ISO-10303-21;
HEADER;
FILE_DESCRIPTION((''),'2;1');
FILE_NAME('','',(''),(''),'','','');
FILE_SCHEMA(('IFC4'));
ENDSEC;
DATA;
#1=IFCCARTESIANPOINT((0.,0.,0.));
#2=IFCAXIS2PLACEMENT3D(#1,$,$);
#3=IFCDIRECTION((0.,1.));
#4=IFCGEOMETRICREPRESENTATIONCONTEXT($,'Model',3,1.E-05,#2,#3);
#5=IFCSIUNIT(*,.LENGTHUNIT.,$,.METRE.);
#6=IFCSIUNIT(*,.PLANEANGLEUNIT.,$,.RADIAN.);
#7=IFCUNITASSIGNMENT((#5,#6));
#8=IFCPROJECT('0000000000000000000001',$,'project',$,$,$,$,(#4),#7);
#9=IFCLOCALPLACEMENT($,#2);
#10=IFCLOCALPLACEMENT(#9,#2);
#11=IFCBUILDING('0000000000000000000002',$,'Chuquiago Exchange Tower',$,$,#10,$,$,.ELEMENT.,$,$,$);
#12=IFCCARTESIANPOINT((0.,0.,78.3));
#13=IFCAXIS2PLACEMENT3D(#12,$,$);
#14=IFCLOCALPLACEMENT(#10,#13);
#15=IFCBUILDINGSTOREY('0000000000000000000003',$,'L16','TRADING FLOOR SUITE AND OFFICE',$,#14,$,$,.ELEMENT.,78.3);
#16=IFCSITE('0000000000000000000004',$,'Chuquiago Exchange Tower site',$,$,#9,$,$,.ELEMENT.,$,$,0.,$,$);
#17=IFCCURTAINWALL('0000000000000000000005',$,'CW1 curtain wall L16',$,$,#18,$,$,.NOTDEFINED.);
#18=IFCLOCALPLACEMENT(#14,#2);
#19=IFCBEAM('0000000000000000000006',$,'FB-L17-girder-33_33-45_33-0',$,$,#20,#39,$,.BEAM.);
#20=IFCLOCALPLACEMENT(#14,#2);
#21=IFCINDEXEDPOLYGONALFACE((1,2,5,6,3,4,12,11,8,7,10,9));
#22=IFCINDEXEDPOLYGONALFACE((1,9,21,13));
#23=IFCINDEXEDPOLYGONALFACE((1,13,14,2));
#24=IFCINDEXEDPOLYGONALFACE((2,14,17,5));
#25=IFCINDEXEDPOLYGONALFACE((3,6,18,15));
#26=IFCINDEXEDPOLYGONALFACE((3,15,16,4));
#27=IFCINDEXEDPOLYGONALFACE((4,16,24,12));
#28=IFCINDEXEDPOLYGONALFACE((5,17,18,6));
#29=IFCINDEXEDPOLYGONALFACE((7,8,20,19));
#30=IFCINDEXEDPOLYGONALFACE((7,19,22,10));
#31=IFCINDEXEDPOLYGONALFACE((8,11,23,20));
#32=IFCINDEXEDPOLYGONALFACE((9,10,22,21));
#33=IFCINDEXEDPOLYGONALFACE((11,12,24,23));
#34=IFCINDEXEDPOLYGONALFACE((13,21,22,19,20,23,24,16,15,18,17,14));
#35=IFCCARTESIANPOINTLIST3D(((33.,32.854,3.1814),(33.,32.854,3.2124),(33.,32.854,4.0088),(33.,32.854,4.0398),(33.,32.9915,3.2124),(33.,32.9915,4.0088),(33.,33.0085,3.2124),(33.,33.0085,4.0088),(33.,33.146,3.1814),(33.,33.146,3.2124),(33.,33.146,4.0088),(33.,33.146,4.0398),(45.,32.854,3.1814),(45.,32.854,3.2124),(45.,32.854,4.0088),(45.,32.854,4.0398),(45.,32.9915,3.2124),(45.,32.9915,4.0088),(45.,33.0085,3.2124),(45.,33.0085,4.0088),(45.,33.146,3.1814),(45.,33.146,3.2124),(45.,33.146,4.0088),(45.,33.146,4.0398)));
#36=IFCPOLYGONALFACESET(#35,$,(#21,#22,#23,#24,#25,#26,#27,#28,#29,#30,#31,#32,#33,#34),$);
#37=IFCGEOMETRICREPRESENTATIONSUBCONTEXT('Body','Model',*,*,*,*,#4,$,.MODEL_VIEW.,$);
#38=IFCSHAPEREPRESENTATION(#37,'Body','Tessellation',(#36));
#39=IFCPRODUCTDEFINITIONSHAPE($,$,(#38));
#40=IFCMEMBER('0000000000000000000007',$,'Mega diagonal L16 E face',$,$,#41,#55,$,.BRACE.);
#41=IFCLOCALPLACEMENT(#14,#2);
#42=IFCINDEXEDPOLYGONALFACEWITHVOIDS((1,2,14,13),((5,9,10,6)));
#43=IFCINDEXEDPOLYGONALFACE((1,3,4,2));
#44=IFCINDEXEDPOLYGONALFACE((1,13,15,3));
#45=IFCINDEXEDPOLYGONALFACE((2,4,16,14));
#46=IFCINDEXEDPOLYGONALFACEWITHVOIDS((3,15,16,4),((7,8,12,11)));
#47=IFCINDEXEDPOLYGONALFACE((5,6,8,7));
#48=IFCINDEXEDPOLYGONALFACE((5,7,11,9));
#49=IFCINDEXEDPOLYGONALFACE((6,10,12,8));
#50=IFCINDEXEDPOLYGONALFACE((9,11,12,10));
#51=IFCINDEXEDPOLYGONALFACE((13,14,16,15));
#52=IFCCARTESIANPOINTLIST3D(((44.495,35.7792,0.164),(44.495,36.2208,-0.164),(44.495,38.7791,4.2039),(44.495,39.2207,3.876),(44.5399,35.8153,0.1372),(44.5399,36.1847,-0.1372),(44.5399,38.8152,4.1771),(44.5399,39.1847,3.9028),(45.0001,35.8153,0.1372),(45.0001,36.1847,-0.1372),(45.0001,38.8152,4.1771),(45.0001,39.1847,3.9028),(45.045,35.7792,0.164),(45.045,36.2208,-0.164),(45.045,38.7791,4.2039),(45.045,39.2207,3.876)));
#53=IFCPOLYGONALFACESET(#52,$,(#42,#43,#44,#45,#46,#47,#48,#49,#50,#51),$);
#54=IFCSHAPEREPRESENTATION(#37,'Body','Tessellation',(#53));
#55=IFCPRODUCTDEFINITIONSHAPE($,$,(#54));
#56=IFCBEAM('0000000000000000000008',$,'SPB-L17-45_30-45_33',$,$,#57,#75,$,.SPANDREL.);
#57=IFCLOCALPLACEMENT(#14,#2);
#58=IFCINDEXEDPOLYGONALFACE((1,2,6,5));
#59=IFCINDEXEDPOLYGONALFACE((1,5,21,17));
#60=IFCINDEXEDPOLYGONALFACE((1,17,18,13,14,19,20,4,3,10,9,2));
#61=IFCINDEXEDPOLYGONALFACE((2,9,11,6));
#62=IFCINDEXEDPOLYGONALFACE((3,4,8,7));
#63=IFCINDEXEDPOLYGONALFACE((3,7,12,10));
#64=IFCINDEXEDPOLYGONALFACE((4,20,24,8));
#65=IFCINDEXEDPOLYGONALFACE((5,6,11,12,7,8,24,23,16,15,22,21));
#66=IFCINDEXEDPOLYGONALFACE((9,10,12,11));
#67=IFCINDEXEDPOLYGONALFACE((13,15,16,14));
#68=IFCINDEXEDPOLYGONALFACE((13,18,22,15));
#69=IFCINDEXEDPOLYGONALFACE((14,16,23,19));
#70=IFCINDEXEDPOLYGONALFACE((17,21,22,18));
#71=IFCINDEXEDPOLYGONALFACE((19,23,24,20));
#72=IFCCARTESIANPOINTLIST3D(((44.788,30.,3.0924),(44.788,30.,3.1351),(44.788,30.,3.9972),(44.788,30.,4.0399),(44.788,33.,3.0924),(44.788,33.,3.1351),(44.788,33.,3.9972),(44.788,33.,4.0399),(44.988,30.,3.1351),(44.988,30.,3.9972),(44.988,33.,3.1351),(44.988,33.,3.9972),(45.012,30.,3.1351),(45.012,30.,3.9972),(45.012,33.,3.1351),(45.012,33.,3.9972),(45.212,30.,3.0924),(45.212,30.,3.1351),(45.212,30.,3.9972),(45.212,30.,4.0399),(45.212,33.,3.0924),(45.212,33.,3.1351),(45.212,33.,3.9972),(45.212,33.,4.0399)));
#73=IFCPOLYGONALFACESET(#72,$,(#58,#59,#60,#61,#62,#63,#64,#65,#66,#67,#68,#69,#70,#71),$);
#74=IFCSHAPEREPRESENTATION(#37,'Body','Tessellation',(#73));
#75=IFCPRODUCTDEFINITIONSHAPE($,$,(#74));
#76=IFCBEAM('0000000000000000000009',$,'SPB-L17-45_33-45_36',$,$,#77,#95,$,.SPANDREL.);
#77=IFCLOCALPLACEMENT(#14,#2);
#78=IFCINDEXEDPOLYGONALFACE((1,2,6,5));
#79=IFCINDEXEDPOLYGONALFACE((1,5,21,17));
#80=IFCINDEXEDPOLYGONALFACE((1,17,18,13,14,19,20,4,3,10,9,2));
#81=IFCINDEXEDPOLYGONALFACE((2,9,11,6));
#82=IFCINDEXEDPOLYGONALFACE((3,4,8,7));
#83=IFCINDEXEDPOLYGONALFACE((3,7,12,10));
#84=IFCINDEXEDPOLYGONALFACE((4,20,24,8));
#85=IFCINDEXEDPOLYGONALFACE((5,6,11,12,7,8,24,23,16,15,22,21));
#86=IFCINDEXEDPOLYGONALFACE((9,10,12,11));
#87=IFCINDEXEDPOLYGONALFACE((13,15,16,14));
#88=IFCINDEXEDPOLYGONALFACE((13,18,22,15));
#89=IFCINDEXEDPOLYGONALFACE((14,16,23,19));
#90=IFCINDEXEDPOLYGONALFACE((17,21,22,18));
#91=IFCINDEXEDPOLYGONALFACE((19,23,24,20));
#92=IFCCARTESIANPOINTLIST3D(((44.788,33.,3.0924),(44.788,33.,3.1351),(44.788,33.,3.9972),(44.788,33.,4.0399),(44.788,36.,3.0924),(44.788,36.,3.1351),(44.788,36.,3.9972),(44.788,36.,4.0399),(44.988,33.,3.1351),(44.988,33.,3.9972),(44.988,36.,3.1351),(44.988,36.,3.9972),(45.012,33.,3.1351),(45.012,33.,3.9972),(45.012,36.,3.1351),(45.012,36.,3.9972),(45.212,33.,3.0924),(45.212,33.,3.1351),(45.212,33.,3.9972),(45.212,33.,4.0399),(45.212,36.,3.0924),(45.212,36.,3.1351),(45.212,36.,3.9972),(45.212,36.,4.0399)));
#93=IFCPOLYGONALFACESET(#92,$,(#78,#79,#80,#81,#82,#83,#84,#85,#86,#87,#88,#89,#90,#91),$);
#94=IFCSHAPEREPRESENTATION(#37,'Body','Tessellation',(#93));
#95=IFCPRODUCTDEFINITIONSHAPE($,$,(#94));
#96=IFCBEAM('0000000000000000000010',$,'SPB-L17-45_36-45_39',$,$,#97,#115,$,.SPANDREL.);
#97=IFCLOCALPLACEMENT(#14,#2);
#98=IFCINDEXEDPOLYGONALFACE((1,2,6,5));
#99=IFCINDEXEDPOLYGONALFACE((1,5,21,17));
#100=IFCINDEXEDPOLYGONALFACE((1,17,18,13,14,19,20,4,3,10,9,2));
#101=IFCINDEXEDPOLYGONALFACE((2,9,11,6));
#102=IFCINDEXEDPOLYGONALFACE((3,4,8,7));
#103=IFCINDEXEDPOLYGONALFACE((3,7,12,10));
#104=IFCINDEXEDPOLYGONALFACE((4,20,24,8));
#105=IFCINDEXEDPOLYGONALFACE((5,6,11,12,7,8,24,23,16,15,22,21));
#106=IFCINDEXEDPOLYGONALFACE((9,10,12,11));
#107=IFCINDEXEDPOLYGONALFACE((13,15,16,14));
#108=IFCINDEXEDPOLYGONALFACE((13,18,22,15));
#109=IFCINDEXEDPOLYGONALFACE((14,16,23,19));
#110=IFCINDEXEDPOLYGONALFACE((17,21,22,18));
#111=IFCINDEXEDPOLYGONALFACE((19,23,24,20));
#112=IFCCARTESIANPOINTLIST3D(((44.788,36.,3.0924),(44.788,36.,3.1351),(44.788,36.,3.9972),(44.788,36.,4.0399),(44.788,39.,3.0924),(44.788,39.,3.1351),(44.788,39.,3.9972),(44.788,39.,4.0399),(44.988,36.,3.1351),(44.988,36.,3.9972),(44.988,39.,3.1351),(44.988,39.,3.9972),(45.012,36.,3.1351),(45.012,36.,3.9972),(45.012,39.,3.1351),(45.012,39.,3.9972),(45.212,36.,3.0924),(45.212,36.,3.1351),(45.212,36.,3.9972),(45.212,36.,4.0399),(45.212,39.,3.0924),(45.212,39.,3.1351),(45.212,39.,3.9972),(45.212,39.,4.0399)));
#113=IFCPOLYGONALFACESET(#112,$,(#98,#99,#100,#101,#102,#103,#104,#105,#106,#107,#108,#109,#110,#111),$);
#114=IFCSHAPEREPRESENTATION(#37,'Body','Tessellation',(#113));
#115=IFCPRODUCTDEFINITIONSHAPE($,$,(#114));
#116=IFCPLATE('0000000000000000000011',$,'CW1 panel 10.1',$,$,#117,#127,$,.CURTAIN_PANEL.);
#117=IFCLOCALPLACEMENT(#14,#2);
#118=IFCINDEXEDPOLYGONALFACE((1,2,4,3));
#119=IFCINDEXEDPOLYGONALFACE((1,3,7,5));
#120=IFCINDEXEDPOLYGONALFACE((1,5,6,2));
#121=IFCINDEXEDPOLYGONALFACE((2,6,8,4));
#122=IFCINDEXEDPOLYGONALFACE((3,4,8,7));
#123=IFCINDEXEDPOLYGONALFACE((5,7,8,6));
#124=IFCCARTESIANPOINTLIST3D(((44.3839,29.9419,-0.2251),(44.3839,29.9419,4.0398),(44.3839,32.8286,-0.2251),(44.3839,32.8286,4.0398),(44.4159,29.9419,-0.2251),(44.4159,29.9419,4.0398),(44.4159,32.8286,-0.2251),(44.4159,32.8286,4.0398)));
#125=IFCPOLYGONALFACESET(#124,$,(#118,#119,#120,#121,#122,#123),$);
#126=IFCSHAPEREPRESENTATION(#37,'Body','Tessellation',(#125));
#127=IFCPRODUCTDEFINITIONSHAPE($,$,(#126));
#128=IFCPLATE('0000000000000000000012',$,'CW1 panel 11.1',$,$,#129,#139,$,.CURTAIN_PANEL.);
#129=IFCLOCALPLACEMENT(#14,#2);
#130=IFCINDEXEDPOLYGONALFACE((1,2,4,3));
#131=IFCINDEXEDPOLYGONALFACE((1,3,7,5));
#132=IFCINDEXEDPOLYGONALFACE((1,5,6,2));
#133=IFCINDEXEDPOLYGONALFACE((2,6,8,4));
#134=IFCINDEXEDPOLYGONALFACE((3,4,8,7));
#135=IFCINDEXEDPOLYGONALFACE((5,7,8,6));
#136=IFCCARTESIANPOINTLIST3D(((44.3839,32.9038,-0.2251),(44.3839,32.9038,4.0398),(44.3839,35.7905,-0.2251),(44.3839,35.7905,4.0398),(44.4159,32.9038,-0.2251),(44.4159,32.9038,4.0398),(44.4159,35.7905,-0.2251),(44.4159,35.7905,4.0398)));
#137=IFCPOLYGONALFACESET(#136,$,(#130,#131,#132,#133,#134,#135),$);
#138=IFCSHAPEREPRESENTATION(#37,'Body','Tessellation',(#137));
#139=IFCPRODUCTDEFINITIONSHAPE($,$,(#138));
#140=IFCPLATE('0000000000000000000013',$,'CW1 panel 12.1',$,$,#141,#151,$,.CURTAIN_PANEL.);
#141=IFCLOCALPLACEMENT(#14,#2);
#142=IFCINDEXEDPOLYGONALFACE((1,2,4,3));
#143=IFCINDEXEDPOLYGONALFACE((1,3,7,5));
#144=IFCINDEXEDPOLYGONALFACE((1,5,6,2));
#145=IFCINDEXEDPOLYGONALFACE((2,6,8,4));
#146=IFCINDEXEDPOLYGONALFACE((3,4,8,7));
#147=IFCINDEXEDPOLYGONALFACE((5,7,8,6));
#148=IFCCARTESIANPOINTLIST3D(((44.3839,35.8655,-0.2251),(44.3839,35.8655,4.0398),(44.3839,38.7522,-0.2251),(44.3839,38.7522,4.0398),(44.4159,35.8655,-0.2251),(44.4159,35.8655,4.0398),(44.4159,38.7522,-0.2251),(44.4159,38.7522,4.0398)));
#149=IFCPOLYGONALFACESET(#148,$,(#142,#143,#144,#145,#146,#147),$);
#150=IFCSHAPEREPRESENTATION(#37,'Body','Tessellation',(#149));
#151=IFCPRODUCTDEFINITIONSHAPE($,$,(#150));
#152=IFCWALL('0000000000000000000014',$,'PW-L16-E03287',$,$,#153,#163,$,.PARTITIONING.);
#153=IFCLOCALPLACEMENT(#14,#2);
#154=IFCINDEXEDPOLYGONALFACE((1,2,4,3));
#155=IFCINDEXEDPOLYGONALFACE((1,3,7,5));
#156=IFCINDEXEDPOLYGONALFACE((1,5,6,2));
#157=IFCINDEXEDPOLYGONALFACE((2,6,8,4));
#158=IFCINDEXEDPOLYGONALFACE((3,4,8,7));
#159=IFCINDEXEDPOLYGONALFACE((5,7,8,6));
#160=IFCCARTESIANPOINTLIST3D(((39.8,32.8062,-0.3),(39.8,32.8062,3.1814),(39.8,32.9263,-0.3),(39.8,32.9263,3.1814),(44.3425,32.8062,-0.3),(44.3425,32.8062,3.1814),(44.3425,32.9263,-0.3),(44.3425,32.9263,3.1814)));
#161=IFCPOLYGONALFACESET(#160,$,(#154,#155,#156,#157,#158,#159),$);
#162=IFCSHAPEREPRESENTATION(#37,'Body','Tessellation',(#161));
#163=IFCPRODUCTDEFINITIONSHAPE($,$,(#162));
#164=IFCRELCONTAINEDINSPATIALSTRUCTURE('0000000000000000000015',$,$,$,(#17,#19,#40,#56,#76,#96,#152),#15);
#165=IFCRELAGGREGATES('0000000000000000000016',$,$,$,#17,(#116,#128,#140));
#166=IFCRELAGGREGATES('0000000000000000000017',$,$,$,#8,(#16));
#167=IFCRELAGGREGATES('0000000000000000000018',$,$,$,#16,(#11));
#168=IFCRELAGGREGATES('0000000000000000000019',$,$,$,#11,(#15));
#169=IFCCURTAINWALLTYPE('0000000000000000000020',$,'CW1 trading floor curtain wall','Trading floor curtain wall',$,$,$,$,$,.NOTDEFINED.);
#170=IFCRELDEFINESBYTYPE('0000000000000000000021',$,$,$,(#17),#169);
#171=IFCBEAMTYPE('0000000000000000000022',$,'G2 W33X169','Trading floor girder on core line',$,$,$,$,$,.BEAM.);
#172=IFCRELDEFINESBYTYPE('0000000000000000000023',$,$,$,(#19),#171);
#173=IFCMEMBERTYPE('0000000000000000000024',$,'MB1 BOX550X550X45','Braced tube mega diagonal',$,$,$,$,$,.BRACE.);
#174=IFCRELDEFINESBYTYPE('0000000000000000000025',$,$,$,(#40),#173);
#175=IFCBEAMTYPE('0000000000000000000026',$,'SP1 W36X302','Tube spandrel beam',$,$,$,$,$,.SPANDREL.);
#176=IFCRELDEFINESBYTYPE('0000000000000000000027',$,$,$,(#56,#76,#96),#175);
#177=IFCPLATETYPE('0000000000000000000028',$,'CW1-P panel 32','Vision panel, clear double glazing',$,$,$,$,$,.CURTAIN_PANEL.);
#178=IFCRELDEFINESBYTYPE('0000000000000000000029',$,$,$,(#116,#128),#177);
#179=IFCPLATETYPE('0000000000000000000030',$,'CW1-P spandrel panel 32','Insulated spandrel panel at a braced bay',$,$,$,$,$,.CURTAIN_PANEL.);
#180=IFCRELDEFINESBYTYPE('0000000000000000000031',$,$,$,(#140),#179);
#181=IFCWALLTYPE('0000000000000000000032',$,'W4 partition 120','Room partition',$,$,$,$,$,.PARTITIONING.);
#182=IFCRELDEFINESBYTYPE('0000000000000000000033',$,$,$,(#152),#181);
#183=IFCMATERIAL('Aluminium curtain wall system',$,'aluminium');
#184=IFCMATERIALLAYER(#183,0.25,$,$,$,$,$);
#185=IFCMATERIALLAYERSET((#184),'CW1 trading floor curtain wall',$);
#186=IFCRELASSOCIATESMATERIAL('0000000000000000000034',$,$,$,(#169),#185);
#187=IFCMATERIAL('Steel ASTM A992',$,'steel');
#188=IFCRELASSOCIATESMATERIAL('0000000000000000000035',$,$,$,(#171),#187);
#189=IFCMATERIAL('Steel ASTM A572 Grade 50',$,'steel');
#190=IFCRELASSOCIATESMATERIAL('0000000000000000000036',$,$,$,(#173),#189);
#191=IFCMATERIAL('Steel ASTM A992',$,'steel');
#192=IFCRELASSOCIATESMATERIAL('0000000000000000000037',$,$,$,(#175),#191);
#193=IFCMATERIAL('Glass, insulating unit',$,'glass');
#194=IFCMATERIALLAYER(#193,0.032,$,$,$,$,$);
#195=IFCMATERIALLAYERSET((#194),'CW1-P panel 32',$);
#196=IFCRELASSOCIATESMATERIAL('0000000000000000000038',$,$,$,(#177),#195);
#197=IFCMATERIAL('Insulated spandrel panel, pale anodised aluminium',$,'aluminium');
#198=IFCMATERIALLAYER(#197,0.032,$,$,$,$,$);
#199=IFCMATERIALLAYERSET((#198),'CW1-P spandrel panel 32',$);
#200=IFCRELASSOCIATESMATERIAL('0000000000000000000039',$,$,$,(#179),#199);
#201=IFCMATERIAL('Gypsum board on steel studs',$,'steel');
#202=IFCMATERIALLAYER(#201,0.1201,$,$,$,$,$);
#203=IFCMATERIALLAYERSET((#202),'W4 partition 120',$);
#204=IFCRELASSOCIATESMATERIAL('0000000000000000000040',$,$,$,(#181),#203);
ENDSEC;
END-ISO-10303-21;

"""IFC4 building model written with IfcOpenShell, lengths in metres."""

from ifc_helpers import new_model, si_unit, direction, frame, frame_2d, origin, origin_2d, place, context, subcontext, project, spatial, rectangle, hollow_rectangle, i_section, extrude, material, layer, layer_set, material_profile, profile_set, type_object, element, aggregate, save


model = new_model("IFC4")

# Units and contexts
model_context = context("Model", 3, precision=1e-05, world=origin(), true_north=direction((0.0, 1.0)))
body_context = subcontext(model_context, "Body", "Model", "MODEL_VIEW")
ifc_project = project(units=[si_unit("LENGTHUNIT", "METRE"), si_unit("PLANEANGLEUNIT", "RADIAN")], contexts=[model_context])

# Site, building, storey
site_placement = place(None, origin())
site = spatial("IfcSite", under=ifc_project, at=site_placement, Name="Chuquiago Exchange Tower site", CompositionType="ELEMENT", RefElevation=0.0)
building_placement = place(site_placement, origin())
building = spatial("IfcBuilding", under=site, at=building_placement, Name="Chuquiago Exchange Tower", CompositionType="ELEMENT")
storey_placement = place(building_placement, frame((0.0, 0.0, 78.3)))
storey = spatial("IfcBuildingStorey", under=building, at=storey_placement, Name="L16", Description="TRADING FLOOR SUITE AND OFFICE", CompositionType="ELEMENT", Elevation=78.3)

# Curtain wall
ifc_material_1 = material(Name="Aluminium curtain wall system", Category="aluminium")
ifc_layer_1 = layer(ifc_material_1, 0.25)
ifc_layer_set_1 = layer_set([ifc_layer_1], Name="CW1 trading floor curtain wall")
curtain_wall_type = type_object("IfcCurtainWallType", Name="CW1 trading floor curtain wall", Description="Trading floor curtain wall", PredefinedType="NOTDEFINED", material=ifc_layer_set_1)
curtain_wall_placement = place(storey_placement, origin())
curtain_wall = element("IfcCurtainWall", 1, at=curtain_wall_placement, inside=storey, type_object=curtain_wall_type, Name="CW1 curtain wall L16", PredefinedType="NOTDEFINED")

# Beam
ifc_material_2 = material(Name="Steel ASTM A992", Category="steel")
ifc_material_profile_1 = material_profile(ifc_material_2, i_section(OverallWidth=0.292, OverallDepth=0.8584, WebThickness=0.0171, FlangeThickness=0.031, at=origin_2d()), Name="W33X169")
ifc_profile_set_1 = profile_set([ifc_material_profile_1], Name="Steel ASTM A992")
beam_type_1 = type_object("IfcBeamType", Name="G2 W33X169", Description="Trading floor girder on core line", PredefinedType="BEAM", material=ifc_profile_set_1)
for number, where, z_axis, x_axis, name in (
    (2, (33.0, 33.0, 3.6106), (1.0, 0.0, 0.0), (0.0, 1.0, 0.0), "FB-L17-girder-33_33-45_33-0"),
):
    element("IfcBeam", number, at=place(storey_placement, frame(where, z_axis=z_axis, x_axis=x_axis)), inside=storey, type_object=beam_type_1, Name=name, PredefinedType="BEAM", context=body_context, shape_type="SweptSolid", body=[
        extrude(i_section(OverallWidth=0.292, OverallDepth=0.8584, WebThickness=0.0171, FlangeThickness=0.031, at=origin_2d()), origin(), (0.0, 0.0, 1.0), 12.0),
    ])

# Member
ifc_material_3 = material(Name="Steel ASTM A572 Grade 50", Category="steel")
ifc_material_profile_2 = material_profile(ifc_material_3, hollow_rectangle(XDim=0.55, YDim=0.55, WallThickness=0.0449, at=origin_2d()), Name="BOX550X550X45")
ifc_profile_set_2 = profile_set([ifc_material_profile_2], Name="Steel ASTM A572 Grade 50")
member_type_1 = type_object("IfcMemberType", Name="MB1 BOX550X550X45", Description="Braced tube mega diagonal", PredefinedType="BRACE", material=ifc_profile_set_2)
member_1_placement = place(storey_placement, frame((44.77, 36.0, 0.0), z_axis=(0.0, 0.596174, 0.802855), x_axis=(-1.0, 0.0, 0.0)))
element("IfcMember", 3, at=member_1_placement, inside=storey, type_object=member_type_1, Name="Mega diagonal L16 E face", PredefinedType="BRACE", context=body_context, shape_type="SweptSolid", body=[
    extrude(hollow_rectangle(XDim=0.55, YDim=0.55, WallThickness=0.0449, at=origin_2d()), origin(), (0.0, 0.0, 1.0), 5.032),
])

# Beams
ifc_material_4 = material(Name="Steel ASTM A992", Category="steel")
ifc_material_profile_3 = material_profile(ifc_material_4, i_section(OverallWidth=0.4241, OverallDepth=0.9475, WebThickness=0.0239, FlangeThickness=0.0427, at=origin_2d()), Name="W36X302")
ifc_profile_set_3 = profile_set([ifc_material_profile_3], Name="Steel ASTM A992")
beam_type_2 = type_object("IfcBeamType", Name="SP1 W36X302", Description="Tube spandrel beam", PredefinedType="SPANDREL", material=ifc_profile_set_3)
for number, where, z_axis, x_axis, name in (
    (4, (45.0, 30.0, 3.5662), (0.0, 1.0, 0.0), (-1.0, 0.0, 0.0), "SPB-L17-45_30-45_33"),
    (5, (45.0, 33.0, 3.5662), (0.0, 1.0, 0.0), (-1.0, 0.0, 0.0), "SPB-L17-45_33-45_36"),
    (6, (45.0, 36.0, 3.5662), (0.0, 1.0, 0.0), (-1.0, 0.0, 0.0), "SPB-L17-45_36-45_39"),
):
    element("IfcBeam", number, at=place(storey_placement, frame(where, z_axis=z_axis, x_axis=x_axis)), inside=storey, type_object=beam_type_2, Name=name, PredefinedType="SPANDREL", context=body_context, shape_type="SweptSolid", body=[
        extrude(i_section(OverallWidth=0.4241, OverallDepth=0.9475, WebThickness=0.0239, FlangeThickness=0.0427, at=origin_2d()), origin(), (0.0, 0.0, 1.0), 3.0),
    ])

# Plates
ifc_material_5 = material(Name="Glass, insulating unit", Category="glass")
ifc_layer_2 = layer(ifc_material_5, 0.032)
ifc_layer_set_2 = layer_set([ifc_layer_2], Name="CW1-P panel 32")
plate_type_1 = type_object("IfcPlateType", Name="CW1-P panel 32", Description="Vision panel, clear double glazing", PredefinedType="CURTAIN_PANEL", material=ifc_layer_set_2)
plate_1_placement = place(storey_placement, frame((44.3999, 31.3853, -0.2251), z_axis=(0.0, 0.0, 1.0), x_axis=(0.0, 1.0, 0.0)))
plate_1 = element("IfcPlate", 7, at=plate_1_placement, type_object=plate_type_1, Name="CW1 panel 10.1", PredefinedType="CURTAIN_PANEL", context=body_context, shape_type="SweptSolid", body=[
    extrude(rectangle(XDim=2.8867, YDim=0.032, at=origin_2d()), origin(), (0.0, 0.0, 1.0), 4.2649),
])
plate_2_placement = place(storey_placement, frame((44.3999, 34.3472, -0.2251), z_axis=(0.0, 0.0, 1.0), x_axis=(0.0, 1.0, 0.0)))
plate_2 = element("IfcPlate", 8, at=plate_2_placement, type_object=plate_type_1, Name="CW1 panel 11.1", PredefinedType="CURTAIN_PANEL", context=body_context, shape_type="SweptSolid", body=[
    extrude(rectangle(XDim=2.8867, YDim=0.032, at=origin_2d()), origin(), (0.0, 0.0, 1.0), 4.2649),
])
ifc_material_6 = material(Name="Insulated spandrel panel, pale anodised aluminium", Category="aluminium")
ifc_layer_3 = layer(ifc_material_6, 0.032)
ifc_layer_set_3 = layer_set([ifc_layer_3], Name="CW1-P spandrel panel 32")
plate_type_2 = type_object("IfcPlateType", Name="CW1-P spandrel panel 32", Description="Insulated spandrel panel at a braced bay", PredefinedType="CURTAIN_PANEL", material=ifc_layer_set_3)
plate_3_placement = place(storey_placement, frame((44.3999, 37.3088, -0.2251), z_axis=(0.0, 0.0, 1.0), x_axis=(0.0, 1.0, 0.0)))
plate_3 = element("IfcPlate", 9, at=plate_3_placement, type_object=plate_type_2, Name="CW1 panel 12.1", PredefinedType="CURTAIN_PANEL", context=body_context, shape_type="SweptSolid", body=[
    extrude(rectangle(XDim=2.8867, YDim=0.032, at=origin_2d()), origin(), (0.0, 0.0, 1.0), 4.2649),
])
aggregate(curtain_wall, [plate_1, plate_2, plate_3])

# Wall
ifc_material_7 = material(Name="Gypsum board on steel studs", Category="steel")
ifc_layer_4 = layer(ifc_material_7, 0.1201)
ifc_layer_set_4 = layer_set([ifc_layer_4], Name="W4 partition 120")
wall_type = type_object("IfcWallType", Name="W4 partition 120", Description="Room partition", PredefinedType="PARTITIONING", material=ifc_layer_set_4)
wall_placement = place(storey_placement, frame((44.3425, 32.8662, -0.3), z_axis=(0.0, 0.0, 1.0), x_axis=(-1.0, 0.0, 0.0)))
element("IfcWall", 10, at=wall_placement, inside=storey, type_object=wall_type, Name="PW-L16-E03287", PredefinedType="PARTITIONING", context=body_context, shape_type="SweptSolid", body=[
    extrude(rectangle(XDim=4.5425, YDim=0.1201, at=frame_2d((2.2712, 0.0))), origin(), (0.0, 0.0, 1.0), 3.4814),
])

save(model, "model.ifc")
